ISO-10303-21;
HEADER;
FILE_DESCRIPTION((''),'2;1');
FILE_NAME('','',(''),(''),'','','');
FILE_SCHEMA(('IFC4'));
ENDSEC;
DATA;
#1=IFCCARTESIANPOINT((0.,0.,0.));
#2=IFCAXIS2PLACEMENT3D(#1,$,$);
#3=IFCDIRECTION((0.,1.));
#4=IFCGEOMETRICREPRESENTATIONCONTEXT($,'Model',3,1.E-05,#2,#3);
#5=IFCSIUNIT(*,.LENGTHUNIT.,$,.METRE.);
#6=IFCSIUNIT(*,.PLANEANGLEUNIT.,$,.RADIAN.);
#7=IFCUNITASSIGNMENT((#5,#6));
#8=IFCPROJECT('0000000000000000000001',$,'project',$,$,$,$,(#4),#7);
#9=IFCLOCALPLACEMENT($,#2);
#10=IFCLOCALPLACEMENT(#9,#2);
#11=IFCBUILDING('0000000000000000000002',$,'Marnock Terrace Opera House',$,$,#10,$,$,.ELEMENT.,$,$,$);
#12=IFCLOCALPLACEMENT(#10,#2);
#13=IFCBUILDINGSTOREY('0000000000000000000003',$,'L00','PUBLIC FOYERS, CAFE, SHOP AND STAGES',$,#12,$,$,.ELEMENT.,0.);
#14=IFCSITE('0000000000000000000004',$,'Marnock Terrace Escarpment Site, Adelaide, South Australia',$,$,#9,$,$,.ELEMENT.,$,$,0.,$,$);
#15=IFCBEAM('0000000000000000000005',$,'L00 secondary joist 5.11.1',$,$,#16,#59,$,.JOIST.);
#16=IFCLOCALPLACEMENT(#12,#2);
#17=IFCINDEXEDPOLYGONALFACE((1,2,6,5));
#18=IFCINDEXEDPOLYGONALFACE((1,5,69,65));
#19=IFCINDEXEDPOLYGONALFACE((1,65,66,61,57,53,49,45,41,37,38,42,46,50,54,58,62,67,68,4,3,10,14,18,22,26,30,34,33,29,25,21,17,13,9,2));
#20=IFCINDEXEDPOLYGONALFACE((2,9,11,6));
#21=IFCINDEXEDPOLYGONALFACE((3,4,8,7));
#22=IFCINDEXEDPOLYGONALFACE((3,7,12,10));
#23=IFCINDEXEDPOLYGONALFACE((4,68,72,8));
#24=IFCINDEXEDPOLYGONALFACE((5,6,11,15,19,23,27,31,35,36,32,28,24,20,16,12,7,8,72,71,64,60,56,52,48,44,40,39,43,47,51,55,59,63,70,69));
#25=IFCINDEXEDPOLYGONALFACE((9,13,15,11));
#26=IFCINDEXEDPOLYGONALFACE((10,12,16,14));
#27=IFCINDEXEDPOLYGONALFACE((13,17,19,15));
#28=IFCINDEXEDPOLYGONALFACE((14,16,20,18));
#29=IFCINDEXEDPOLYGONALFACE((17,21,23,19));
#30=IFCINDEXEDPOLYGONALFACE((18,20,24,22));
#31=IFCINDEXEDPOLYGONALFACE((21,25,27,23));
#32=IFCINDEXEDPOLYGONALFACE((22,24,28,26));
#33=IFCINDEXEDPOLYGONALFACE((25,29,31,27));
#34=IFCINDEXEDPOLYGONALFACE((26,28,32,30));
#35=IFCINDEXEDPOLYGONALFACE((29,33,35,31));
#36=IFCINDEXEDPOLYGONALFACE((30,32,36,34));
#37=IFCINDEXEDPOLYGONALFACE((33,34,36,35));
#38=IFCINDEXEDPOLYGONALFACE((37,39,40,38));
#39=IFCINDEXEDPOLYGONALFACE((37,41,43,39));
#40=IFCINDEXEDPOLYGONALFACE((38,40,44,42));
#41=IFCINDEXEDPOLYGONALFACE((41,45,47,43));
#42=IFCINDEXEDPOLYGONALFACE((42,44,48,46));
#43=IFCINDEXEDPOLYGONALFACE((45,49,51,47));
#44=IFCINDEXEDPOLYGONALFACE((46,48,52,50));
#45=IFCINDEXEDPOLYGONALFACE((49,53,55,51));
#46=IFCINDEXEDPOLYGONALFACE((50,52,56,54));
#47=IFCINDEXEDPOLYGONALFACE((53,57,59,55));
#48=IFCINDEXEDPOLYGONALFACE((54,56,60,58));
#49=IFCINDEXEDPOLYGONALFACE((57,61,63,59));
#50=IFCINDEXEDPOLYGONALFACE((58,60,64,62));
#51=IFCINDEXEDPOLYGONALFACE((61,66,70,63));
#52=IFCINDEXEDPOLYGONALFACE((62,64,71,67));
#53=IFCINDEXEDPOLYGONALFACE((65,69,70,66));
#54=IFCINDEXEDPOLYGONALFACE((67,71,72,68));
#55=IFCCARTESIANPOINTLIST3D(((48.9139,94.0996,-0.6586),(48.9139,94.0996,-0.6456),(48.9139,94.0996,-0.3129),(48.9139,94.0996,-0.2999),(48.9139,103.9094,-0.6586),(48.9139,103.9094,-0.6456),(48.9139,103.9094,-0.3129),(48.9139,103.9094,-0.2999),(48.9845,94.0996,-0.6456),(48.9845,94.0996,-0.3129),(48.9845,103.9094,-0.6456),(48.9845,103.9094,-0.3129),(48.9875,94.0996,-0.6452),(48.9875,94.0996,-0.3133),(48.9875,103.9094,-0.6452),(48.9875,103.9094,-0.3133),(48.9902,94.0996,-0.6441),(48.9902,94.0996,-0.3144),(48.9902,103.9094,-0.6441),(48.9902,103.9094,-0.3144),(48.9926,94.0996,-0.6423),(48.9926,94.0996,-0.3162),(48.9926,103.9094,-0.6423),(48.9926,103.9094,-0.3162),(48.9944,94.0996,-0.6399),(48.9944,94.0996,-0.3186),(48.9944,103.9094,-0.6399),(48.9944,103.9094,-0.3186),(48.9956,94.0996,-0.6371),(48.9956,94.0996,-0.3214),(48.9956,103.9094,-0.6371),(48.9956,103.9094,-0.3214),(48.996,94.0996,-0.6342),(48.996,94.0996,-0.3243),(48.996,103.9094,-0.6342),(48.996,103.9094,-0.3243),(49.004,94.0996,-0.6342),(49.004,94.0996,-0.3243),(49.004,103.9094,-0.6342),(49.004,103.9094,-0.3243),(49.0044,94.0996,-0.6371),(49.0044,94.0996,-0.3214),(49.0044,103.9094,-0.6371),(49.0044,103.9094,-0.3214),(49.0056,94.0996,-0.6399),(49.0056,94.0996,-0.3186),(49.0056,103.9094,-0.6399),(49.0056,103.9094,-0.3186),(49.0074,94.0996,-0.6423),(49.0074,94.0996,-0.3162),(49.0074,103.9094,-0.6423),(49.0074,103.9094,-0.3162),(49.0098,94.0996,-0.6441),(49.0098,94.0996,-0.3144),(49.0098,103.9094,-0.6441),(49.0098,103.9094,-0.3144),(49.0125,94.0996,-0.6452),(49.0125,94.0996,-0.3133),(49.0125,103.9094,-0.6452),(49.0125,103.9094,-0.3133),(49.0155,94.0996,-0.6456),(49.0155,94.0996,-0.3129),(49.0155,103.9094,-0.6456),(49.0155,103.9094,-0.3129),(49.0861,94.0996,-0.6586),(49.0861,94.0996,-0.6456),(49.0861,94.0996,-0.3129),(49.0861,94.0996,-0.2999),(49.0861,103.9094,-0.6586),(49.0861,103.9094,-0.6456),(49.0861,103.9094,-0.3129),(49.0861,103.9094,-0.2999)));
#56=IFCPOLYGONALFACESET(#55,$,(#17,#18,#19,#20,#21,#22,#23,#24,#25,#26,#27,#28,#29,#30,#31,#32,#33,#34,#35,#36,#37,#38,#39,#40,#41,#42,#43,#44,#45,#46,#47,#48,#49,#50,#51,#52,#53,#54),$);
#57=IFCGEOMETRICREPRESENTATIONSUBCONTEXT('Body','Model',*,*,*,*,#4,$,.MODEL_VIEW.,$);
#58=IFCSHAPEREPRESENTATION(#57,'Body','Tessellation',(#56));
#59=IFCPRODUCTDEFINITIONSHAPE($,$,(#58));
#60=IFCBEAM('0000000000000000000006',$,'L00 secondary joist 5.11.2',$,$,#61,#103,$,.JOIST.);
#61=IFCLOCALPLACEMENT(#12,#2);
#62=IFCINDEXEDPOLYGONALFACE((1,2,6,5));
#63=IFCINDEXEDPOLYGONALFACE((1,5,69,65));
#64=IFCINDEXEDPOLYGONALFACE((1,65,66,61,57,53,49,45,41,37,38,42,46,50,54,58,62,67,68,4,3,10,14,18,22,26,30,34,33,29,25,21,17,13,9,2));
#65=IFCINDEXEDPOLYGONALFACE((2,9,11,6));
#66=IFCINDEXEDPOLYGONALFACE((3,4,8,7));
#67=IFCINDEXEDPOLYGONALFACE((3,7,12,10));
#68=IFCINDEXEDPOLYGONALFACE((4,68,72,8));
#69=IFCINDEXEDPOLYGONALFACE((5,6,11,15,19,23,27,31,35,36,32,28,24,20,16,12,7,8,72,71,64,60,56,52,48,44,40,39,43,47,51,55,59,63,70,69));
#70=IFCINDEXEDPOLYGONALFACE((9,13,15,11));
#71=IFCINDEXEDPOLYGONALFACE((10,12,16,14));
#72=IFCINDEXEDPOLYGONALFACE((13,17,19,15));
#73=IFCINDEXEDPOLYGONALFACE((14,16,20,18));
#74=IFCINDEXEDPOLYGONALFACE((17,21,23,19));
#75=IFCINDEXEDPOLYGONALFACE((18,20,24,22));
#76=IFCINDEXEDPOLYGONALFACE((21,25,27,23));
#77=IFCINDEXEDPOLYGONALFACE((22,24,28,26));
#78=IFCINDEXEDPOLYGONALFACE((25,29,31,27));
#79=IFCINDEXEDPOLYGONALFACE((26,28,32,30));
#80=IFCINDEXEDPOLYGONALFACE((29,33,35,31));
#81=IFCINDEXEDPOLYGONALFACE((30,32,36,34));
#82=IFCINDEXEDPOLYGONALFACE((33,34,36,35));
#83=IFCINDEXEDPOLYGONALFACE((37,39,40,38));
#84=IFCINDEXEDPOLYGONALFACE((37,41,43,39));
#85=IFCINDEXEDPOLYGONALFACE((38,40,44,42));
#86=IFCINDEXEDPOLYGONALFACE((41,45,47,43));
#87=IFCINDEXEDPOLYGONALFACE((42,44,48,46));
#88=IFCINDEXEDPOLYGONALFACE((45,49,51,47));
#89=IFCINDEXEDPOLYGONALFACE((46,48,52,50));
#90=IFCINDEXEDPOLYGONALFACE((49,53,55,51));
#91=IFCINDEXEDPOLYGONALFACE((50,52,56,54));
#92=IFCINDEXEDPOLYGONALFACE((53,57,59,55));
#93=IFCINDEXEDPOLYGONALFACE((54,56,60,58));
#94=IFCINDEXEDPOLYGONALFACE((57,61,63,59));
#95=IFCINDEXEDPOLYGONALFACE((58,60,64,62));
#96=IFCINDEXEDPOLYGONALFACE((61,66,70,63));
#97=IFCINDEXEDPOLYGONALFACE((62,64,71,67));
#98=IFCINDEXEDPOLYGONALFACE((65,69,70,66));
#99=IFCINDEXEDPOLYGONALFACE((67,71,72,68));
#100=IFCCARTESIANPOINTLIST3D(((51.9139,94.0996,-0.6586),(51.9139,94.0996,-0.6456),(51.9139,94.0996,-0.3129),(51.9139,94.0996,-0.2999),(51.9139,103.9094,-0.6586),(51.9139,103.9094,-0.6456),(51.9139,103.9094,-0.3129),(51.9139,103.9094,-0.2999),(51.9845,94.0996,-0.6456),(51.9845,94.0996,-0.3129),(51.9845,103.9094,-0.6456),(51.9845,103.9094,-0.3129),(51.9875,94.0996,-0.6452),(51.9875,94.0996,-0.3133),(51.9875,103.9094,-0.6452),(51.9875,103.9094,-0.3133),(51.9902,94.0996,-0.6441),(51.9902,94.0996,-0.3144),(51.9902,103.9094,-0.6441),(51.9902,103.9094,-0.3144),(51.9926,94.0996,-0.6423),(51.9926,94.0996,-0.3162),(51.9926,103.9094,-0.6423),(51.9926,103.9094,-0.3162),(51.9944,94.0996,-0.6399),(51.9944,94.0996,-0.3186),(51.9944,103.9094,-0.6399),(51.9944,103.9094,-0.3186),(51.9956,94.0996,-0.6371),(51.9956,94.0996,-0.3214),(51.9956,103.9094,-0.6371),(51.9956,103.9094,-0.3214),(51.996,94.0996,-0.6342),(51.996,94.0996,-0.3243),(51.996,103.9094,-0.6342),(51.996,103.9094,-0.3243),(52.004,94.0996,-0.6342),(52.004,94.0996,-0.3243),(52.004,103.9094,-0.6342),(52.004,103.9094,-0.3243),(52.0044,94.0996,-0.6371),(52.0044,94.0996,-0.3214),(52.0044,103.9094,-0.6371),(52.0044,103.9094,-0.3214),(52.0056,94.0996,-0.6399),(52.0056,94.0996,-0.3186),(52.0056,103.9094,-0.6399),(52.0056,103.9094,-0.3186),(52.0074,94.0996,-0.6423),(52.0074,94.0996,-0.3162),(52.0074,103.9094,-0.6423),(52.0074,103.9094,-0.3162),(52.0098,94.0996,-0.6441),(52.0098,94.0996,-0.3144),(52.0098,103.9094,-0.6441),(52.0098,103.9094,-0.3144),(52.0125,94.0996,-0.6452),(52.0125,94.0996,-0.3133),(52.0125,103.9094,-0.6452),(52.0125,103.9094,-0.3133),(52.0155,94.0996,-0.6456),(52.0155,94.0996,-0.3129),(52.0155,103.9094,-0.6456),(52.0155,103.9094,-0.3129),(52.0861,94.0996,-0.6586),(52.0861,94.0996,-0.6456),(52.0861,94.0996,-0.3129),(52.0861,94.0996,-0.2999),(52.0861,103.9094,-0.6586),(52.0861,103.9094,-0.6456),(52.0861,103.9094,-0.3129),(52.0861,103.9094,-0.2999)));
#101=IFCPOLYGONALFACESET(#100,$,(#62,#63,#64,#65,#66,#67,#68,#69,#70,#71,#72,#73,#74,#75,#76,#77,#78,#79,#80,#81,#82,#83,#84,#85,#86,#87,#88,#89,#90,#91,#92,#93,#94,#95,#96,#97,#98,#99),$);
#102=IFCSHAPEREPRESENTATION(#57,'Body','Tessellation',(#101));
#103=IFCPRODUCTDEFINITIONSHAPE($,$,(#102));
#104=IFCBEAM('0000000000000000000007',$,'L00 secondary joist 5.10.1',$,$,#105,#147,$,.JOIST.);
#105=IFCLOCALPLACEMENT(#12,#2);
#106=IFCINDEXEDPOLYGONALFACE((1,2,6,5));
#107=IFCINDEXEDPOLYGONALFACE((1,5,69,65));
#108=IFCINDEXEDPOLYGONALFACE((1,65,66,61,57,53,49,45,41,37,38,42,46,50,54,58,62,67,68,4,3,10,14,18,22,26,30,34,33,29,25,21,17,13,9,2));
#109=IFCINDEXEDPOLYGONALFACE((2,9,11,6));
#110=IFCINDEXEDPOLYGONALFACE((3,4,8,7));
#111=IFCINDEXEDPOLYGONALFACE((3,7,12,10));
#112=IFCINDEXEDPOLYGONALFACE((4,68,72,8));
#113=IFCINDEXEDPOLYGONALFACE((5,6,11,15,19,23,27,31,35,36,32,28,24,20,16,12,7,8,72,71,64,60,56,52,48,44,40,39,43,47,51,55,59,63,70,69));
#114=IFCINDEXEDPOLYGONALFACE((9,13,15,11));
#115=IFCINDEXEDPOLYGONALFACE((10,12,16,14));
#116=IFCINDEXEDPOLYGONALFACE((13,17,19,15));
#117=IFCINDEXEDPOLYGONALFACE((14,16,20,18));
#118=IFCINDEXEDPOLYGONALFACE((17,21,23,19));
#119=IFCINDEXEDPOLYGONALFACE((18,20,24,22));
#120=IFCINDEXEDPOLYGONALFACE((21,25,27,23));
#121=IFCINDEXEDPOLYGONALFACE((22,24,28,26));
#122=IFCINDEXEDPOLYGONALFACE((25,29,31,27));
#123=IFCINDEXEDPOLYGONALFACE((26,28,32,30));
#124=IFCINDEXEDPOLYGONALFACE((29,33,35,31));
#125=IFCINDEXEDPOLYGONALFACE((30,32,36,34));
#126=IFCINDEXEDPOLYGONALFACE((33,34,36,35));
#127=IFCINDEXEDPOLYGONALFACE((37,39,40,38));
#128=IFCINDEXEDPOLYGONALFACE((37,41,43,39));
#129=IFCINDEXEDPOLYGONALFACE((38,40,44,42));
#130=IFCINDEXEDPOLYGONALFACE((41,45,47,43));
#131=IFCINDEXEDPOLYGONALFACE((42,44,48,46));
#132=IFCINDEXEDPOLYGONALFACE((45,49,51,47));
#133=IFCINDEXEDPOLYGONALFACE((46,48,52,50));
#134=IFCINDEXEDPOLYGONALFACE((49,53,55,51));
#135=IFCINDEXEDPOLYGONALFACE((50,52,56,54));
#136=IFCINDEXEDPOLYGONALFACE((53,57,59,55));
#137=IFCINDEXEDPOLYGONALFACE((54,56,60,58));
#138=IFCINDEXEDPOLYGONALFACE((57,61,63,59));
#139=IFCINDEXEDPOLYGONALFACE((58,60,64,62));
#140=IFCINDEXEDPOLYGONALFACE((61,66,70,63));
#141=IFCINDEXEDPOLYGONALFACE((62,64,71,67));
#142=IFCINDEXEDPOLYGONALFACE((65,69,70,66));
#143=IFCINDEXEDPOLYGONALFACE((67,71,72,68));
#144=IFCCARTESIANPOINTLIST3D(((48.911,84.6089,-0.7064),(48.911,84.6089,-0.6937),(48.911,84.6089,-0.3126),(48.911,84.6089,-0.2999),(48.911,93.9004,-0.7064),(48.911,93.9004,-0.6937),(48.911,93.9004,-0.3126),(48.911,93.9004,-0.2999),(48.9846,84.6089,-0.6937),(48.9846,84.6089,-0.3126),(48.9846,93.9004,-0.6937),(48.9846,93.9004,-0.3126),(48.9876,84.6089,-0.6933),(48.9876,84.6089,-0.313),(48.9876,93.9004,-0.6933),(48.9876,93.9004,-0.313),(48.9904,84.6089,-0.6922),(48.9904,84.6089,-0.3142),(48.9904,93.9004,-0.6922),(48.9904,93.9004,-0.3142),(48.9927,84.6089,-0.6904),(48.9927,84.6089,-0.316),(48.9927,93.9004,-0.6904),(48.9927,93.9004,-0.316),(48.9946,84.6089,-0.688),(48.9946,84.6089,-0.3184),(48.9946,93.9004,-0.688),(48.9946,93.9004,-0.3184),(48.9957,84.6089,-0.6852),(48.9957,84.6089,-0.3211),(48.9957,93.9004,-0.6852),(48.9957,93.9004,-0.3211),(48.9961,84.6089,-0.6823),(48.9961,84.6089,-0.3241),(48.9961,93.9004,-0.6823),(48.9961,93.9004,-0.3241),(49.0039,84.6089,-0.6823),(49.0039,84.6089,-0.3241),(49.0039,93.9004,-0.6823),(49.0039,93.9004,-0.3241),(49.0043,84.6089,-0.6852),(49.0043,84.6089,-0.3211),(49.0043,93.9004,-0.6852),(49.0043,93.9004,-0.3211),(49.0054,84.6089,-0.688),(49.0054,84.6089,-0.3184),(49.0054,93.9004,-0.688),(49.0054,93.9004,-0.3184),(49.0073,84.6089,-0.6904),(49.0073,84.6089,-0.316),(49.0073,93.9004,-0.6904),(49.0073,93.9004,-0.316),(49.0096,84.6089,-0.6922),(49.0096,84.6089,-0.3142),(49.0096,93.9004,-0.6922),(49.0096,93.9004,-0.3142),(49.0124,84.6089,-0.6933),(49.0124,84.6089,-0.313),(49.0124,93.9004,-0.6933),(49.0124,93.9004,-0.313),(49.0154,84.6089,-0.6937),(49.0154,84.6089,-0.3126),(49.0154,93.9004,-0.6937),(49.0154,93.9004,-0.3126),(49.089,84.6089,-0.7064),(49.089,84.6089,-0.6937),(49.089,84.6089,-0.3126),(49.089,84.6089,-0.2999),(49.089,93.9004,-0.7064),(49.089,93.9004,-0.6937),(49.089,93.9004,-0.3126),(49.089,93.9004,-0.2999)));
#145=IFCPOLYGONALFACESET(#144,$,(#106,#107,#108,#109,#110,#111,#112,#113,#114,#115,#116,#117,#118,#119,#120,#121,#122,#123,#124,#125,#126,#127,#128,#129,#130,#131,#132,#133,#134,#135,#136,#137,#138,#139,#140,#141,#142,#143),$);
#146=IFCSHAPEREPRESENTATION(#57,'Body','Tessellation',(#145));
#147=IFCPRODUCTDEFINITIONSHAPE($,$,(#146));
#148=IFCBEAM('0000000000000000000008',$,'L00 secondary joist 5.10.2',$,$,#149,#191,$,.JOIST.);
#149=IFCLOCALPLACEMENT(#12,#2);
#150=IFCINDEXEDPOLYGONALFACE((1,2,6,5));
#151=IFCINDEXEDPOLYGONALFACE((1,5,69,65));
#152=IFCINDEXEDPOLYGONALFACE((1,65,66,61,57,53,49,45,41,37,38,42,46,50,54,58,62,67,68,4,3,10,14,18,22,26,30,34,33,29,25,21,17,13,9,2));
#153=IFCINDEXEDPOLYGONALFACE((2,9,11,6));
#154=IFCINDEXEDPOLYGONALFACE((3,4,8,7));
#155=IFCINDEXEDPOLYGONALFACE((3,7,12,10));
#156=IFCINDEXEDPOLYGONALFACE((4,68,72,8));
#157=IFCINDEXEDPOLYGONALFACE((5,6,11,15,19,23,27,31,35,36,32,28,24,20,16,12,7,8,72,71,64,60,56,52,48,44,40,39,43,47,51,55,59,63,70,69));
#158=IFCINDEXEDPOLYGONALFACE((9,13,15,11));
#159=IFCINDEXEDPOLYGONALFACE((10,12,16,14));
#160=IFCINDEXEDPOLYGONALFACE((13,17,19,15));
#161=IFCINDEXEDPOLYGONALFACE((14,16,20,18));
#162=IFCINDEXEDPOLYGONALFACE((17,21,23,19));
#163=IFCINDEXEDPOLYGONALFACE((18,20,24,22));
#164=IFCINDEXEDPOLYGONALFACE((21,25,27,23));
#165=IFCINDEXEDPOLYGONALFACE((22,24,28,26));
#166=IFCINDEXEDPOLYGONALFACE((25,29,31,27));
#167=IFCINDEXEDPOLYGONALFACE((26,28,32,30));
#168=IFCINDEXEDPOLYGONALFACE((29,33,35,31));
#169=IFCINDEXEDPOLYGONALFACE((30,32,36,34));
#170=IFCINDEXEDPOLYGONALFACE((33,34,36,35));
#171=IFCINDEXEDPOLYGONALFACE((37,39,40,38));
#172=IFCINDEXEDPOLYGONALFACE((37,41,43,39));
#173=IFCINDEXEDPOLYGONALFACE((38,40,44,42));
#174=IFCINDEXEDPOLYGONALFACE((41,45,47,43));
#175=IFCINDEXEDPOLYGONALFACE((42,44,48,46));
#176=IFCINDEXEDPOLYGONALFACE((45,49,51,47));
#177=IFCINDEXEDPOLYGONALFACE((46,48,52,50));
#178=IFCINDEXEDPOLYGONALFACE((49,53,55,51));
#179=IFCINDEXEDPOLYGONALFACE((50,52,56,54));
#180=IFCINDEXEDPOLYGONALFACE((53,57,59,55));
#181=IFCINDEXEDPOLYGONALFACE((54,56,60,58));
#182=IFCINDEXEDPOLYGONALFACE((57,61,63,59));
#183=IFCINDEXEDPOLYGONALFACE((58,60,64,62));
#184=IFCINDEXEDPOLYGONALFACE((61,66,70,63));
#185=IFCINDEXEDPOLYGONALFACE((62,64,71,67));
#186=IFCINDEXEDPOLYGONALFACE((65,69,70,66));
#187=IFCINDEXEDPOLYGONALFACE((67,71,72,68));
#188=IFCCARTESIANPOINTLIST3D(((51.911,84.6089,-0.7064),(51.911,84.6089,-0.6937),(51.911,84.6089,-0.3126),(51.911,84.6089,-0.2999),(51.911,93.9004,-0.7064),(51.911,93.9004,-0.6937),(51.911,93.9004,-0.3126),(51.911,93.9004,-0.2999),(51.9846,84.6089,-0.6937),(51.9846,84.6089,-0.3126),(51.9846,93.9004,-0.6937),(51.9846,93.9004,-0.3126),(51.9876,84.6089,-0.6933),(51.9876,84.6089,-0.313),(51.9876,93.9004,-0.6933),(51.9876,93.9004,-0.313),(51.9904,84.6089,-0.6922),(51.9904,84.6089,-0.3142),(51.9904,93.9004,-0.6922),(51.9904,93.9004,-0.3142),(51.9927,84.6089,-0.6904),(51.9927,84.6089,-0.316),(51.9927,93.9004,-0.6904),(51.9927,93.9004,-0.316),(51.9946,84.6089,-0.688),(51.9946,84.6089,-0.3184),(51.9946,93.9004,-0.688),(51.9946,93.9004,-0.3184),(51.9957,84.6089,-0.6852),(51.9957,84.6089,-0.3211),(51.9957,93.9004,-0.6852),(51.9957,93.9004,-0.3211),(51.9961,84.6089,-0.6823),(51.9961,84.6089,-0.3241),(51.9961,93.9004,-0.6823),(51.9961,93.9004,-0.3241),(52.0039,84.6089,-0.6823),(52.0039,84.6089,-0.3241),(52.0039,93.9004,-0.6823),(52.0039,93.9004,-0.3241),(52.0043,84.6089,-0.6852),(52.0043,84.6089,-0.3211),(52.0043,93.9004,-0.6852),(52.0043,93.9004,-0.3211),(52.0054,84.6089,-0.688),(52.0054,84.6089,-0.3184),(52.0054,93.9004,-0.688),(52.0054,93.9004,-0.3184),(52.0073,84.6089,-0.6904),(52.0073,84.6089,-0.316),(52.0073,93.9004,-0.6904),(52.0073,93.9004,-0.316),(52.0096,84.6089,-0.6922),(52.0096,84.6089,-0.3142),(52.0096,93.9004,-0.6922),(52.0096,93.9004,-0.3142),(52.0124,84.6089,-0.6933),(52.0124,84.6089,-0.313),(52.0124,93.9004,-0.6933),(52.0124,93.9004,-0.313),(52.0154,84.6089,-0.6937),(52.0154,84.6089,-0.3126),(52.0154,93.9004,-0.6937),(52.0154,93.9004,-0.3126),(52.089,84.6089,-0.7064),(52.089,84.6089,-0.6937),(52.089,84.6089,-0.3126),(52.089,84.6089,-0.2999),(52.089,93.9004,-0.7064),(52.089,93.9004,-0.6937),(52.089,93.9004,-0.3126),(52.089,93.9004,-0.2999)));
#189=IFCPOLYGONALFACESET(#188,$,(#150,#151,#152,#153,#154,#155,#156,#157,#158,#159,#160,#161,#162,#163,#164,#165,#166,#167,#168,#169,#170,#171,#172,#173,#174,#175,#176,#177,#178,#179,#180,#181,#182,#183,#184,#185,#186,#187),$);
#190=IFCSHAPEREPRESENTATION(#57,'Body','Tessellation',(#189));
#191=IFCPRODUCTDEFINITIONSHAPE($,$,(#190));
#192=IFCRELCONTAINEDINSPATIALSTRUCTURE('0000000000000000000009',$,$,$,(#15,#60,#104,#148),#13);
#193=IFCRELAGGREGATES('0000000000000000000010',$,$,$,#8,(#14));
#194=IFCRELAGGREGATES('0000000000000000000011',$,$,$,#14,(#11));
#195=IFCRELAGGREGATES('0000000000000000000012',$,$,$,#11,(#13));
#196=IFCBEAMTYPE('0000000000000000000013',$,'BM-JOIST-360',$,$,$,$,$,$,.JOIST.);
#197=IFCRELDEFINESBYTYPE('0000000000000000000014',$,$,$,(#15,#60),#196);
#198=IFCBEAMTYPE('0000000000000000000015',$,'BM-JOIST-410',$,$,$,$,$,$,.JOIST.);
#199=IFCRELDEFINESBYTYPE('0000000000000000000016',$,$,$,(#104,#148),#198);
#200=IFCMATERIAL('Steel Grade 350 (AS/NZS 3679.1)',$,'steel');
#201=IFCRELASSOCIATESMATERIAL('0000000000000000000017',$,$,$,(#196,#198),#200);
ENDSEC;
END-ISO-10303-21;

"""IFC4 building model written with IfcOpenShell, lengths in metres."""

from ifc_helpers import new_model, si_unit, direction, frame, origin, origin_2d, place, context, subcontext, project, spatial, i_section, extrude, material, material_profile, profile_set, type_object, element, save


model = new_model("IFC4")

# Units and contexts
model_context = context("Model", 3, precision=1e-05, world=origin(), true_north=direction((0.0, 1.0)))
body_context = subcontext(model_context, "Body", "Model", "MODEL_VIEW")
ifc_project = project(units=[si_unit("LENGTHUNIT", "METRE"), si_unit("PLANEANGLEUNIT", "RADIAN")], contexts=[model_context])

# Site, building, storey
site_placement = place(None, origin())
site = spatial("IfcSite", under=ifc_project, at=site_placement, Name="Marnock Terrace Escarpment Site, Adelaide, South Australia", CompositionType="ELEMENT", RefElevation=0.0)
building_placement = place(site_placement, origin())
building = spatial("IfcBuilding", under=site, at=building_placement, Name="Marnock Terrace Opera House", CompositionType="ELEMENT")
storey_placement = place(building_placement, origin())
storey = spatial("IfcBuildingStorey", under=building, at=storey_placement, Name="L00", Description="PUBLIC FOYERS, CAFE, SHOP AND STAGES", CompositionType="ELEMENT", Elevation=0.0)

# Shared definitions
ifc_material_1 = material(Name="Steel Grade 350 (AS/NZS 3679.1)", Category="steel")

# Beams
ifc_material_profile_1 = material_profile(ifc_material_1, i_section(OverallWidth=0.1721, OverallDepth=0.3586, WebThickness=0.0081, FlangeThickness=0.0129, FilletRadius=0.0115, at=origin_2d()))
ifc_profile_set_1 = profile_set([ifc_material_profile_1], Name="Steel Grade 350 (AS/NZS 3679.1)")
beam_type_1 = type_object("IfcBeamType", Name="BM-JOIST-360", PredefinedType="JOIST", material=ifc_profile_set_1)
for number, where, z_axis, x_axis, name in (
    (1, (49.0, 94.0996, -0.4792), (0.0, 1.0, 0.0), (-1.0, 0.0, 0.0), "L00 secondary joist 5.11.1"),
    (2, (52.0, 94.0996, -0.4792), (0.0, 1.0, 0.0), (-1.0, 0.0, 0.0), "L00 secondary joist 5.11.2"),
):
    element("IfcBeam", number, at=place(storey_placement, frame(where, z_axis=z_axis, x_axis=x_axis)), inside=storey, type_object=beam_type_1, Name=name, PredefinedType="JOIST", context=body_context, shape_type="SweptSolid", body=[
        extrude(i_section(OverallWidth=0.1721, OverallDepth=0.3586, WebThickness=0.0081, FlangeThickness=0.0129, FilletRadius=0.0115, at=origin_2d()), origin(), (0.0, 0.0, 1.0), 9.8098),
    ])
ifc_material_profile_2 = material_profile(ifc_material_1, i_section(OverallWidth=0.178, OverallDepth=0.4065, WebThickness=0.0078, FlangeThickness=0.0127, FilletRadius=0.0115, at=origin_2d()))
ifc_profile_set_2 = profile_set([ifc_material_profile_2], Name="Steel Grade 350 (AS/NZS 3679.1)")
beam_type_2 = type_object("IfcBeamType", Name="BM-JOIST-410", PredefinedType="JOIST", material=ifc_profile_set_2)
for number, where, z_axis, x_axis, name in (
    (3, (49.0, 84.6089, -0.5032), (0.0, 1.0, 0.0), (-1.0, 0.0, 0.0), "L00 secondary joist 5.10.1"),
    (4, (52.0, 84.6089, -0.5032), (0.0, 1.0, 0.0), (-1.0, 0.0, 0.0), "L00 secondary joist 5.10.2"),
):
    element("IfcBeam", number, at=place(storey_placement, frame(where, z_axis=z_axis, x_axis=x_axis)), inside=storey, type_object=beam_type_2, Name=name, PredefinedType="JOIST", context=body_context, shape_type="SweptSolid", body=[
        extrude(i_section(OverallWidth=0.178, OverallDepth=0.4065, WebThickness=0.0078, FlangeThickness=0.0127, FilletRadius=0.0115, at=origin_2d()), origin(), (0.0, 0.0, 1.0), 9.2915),
    ])

save(model, "model.ifc")
